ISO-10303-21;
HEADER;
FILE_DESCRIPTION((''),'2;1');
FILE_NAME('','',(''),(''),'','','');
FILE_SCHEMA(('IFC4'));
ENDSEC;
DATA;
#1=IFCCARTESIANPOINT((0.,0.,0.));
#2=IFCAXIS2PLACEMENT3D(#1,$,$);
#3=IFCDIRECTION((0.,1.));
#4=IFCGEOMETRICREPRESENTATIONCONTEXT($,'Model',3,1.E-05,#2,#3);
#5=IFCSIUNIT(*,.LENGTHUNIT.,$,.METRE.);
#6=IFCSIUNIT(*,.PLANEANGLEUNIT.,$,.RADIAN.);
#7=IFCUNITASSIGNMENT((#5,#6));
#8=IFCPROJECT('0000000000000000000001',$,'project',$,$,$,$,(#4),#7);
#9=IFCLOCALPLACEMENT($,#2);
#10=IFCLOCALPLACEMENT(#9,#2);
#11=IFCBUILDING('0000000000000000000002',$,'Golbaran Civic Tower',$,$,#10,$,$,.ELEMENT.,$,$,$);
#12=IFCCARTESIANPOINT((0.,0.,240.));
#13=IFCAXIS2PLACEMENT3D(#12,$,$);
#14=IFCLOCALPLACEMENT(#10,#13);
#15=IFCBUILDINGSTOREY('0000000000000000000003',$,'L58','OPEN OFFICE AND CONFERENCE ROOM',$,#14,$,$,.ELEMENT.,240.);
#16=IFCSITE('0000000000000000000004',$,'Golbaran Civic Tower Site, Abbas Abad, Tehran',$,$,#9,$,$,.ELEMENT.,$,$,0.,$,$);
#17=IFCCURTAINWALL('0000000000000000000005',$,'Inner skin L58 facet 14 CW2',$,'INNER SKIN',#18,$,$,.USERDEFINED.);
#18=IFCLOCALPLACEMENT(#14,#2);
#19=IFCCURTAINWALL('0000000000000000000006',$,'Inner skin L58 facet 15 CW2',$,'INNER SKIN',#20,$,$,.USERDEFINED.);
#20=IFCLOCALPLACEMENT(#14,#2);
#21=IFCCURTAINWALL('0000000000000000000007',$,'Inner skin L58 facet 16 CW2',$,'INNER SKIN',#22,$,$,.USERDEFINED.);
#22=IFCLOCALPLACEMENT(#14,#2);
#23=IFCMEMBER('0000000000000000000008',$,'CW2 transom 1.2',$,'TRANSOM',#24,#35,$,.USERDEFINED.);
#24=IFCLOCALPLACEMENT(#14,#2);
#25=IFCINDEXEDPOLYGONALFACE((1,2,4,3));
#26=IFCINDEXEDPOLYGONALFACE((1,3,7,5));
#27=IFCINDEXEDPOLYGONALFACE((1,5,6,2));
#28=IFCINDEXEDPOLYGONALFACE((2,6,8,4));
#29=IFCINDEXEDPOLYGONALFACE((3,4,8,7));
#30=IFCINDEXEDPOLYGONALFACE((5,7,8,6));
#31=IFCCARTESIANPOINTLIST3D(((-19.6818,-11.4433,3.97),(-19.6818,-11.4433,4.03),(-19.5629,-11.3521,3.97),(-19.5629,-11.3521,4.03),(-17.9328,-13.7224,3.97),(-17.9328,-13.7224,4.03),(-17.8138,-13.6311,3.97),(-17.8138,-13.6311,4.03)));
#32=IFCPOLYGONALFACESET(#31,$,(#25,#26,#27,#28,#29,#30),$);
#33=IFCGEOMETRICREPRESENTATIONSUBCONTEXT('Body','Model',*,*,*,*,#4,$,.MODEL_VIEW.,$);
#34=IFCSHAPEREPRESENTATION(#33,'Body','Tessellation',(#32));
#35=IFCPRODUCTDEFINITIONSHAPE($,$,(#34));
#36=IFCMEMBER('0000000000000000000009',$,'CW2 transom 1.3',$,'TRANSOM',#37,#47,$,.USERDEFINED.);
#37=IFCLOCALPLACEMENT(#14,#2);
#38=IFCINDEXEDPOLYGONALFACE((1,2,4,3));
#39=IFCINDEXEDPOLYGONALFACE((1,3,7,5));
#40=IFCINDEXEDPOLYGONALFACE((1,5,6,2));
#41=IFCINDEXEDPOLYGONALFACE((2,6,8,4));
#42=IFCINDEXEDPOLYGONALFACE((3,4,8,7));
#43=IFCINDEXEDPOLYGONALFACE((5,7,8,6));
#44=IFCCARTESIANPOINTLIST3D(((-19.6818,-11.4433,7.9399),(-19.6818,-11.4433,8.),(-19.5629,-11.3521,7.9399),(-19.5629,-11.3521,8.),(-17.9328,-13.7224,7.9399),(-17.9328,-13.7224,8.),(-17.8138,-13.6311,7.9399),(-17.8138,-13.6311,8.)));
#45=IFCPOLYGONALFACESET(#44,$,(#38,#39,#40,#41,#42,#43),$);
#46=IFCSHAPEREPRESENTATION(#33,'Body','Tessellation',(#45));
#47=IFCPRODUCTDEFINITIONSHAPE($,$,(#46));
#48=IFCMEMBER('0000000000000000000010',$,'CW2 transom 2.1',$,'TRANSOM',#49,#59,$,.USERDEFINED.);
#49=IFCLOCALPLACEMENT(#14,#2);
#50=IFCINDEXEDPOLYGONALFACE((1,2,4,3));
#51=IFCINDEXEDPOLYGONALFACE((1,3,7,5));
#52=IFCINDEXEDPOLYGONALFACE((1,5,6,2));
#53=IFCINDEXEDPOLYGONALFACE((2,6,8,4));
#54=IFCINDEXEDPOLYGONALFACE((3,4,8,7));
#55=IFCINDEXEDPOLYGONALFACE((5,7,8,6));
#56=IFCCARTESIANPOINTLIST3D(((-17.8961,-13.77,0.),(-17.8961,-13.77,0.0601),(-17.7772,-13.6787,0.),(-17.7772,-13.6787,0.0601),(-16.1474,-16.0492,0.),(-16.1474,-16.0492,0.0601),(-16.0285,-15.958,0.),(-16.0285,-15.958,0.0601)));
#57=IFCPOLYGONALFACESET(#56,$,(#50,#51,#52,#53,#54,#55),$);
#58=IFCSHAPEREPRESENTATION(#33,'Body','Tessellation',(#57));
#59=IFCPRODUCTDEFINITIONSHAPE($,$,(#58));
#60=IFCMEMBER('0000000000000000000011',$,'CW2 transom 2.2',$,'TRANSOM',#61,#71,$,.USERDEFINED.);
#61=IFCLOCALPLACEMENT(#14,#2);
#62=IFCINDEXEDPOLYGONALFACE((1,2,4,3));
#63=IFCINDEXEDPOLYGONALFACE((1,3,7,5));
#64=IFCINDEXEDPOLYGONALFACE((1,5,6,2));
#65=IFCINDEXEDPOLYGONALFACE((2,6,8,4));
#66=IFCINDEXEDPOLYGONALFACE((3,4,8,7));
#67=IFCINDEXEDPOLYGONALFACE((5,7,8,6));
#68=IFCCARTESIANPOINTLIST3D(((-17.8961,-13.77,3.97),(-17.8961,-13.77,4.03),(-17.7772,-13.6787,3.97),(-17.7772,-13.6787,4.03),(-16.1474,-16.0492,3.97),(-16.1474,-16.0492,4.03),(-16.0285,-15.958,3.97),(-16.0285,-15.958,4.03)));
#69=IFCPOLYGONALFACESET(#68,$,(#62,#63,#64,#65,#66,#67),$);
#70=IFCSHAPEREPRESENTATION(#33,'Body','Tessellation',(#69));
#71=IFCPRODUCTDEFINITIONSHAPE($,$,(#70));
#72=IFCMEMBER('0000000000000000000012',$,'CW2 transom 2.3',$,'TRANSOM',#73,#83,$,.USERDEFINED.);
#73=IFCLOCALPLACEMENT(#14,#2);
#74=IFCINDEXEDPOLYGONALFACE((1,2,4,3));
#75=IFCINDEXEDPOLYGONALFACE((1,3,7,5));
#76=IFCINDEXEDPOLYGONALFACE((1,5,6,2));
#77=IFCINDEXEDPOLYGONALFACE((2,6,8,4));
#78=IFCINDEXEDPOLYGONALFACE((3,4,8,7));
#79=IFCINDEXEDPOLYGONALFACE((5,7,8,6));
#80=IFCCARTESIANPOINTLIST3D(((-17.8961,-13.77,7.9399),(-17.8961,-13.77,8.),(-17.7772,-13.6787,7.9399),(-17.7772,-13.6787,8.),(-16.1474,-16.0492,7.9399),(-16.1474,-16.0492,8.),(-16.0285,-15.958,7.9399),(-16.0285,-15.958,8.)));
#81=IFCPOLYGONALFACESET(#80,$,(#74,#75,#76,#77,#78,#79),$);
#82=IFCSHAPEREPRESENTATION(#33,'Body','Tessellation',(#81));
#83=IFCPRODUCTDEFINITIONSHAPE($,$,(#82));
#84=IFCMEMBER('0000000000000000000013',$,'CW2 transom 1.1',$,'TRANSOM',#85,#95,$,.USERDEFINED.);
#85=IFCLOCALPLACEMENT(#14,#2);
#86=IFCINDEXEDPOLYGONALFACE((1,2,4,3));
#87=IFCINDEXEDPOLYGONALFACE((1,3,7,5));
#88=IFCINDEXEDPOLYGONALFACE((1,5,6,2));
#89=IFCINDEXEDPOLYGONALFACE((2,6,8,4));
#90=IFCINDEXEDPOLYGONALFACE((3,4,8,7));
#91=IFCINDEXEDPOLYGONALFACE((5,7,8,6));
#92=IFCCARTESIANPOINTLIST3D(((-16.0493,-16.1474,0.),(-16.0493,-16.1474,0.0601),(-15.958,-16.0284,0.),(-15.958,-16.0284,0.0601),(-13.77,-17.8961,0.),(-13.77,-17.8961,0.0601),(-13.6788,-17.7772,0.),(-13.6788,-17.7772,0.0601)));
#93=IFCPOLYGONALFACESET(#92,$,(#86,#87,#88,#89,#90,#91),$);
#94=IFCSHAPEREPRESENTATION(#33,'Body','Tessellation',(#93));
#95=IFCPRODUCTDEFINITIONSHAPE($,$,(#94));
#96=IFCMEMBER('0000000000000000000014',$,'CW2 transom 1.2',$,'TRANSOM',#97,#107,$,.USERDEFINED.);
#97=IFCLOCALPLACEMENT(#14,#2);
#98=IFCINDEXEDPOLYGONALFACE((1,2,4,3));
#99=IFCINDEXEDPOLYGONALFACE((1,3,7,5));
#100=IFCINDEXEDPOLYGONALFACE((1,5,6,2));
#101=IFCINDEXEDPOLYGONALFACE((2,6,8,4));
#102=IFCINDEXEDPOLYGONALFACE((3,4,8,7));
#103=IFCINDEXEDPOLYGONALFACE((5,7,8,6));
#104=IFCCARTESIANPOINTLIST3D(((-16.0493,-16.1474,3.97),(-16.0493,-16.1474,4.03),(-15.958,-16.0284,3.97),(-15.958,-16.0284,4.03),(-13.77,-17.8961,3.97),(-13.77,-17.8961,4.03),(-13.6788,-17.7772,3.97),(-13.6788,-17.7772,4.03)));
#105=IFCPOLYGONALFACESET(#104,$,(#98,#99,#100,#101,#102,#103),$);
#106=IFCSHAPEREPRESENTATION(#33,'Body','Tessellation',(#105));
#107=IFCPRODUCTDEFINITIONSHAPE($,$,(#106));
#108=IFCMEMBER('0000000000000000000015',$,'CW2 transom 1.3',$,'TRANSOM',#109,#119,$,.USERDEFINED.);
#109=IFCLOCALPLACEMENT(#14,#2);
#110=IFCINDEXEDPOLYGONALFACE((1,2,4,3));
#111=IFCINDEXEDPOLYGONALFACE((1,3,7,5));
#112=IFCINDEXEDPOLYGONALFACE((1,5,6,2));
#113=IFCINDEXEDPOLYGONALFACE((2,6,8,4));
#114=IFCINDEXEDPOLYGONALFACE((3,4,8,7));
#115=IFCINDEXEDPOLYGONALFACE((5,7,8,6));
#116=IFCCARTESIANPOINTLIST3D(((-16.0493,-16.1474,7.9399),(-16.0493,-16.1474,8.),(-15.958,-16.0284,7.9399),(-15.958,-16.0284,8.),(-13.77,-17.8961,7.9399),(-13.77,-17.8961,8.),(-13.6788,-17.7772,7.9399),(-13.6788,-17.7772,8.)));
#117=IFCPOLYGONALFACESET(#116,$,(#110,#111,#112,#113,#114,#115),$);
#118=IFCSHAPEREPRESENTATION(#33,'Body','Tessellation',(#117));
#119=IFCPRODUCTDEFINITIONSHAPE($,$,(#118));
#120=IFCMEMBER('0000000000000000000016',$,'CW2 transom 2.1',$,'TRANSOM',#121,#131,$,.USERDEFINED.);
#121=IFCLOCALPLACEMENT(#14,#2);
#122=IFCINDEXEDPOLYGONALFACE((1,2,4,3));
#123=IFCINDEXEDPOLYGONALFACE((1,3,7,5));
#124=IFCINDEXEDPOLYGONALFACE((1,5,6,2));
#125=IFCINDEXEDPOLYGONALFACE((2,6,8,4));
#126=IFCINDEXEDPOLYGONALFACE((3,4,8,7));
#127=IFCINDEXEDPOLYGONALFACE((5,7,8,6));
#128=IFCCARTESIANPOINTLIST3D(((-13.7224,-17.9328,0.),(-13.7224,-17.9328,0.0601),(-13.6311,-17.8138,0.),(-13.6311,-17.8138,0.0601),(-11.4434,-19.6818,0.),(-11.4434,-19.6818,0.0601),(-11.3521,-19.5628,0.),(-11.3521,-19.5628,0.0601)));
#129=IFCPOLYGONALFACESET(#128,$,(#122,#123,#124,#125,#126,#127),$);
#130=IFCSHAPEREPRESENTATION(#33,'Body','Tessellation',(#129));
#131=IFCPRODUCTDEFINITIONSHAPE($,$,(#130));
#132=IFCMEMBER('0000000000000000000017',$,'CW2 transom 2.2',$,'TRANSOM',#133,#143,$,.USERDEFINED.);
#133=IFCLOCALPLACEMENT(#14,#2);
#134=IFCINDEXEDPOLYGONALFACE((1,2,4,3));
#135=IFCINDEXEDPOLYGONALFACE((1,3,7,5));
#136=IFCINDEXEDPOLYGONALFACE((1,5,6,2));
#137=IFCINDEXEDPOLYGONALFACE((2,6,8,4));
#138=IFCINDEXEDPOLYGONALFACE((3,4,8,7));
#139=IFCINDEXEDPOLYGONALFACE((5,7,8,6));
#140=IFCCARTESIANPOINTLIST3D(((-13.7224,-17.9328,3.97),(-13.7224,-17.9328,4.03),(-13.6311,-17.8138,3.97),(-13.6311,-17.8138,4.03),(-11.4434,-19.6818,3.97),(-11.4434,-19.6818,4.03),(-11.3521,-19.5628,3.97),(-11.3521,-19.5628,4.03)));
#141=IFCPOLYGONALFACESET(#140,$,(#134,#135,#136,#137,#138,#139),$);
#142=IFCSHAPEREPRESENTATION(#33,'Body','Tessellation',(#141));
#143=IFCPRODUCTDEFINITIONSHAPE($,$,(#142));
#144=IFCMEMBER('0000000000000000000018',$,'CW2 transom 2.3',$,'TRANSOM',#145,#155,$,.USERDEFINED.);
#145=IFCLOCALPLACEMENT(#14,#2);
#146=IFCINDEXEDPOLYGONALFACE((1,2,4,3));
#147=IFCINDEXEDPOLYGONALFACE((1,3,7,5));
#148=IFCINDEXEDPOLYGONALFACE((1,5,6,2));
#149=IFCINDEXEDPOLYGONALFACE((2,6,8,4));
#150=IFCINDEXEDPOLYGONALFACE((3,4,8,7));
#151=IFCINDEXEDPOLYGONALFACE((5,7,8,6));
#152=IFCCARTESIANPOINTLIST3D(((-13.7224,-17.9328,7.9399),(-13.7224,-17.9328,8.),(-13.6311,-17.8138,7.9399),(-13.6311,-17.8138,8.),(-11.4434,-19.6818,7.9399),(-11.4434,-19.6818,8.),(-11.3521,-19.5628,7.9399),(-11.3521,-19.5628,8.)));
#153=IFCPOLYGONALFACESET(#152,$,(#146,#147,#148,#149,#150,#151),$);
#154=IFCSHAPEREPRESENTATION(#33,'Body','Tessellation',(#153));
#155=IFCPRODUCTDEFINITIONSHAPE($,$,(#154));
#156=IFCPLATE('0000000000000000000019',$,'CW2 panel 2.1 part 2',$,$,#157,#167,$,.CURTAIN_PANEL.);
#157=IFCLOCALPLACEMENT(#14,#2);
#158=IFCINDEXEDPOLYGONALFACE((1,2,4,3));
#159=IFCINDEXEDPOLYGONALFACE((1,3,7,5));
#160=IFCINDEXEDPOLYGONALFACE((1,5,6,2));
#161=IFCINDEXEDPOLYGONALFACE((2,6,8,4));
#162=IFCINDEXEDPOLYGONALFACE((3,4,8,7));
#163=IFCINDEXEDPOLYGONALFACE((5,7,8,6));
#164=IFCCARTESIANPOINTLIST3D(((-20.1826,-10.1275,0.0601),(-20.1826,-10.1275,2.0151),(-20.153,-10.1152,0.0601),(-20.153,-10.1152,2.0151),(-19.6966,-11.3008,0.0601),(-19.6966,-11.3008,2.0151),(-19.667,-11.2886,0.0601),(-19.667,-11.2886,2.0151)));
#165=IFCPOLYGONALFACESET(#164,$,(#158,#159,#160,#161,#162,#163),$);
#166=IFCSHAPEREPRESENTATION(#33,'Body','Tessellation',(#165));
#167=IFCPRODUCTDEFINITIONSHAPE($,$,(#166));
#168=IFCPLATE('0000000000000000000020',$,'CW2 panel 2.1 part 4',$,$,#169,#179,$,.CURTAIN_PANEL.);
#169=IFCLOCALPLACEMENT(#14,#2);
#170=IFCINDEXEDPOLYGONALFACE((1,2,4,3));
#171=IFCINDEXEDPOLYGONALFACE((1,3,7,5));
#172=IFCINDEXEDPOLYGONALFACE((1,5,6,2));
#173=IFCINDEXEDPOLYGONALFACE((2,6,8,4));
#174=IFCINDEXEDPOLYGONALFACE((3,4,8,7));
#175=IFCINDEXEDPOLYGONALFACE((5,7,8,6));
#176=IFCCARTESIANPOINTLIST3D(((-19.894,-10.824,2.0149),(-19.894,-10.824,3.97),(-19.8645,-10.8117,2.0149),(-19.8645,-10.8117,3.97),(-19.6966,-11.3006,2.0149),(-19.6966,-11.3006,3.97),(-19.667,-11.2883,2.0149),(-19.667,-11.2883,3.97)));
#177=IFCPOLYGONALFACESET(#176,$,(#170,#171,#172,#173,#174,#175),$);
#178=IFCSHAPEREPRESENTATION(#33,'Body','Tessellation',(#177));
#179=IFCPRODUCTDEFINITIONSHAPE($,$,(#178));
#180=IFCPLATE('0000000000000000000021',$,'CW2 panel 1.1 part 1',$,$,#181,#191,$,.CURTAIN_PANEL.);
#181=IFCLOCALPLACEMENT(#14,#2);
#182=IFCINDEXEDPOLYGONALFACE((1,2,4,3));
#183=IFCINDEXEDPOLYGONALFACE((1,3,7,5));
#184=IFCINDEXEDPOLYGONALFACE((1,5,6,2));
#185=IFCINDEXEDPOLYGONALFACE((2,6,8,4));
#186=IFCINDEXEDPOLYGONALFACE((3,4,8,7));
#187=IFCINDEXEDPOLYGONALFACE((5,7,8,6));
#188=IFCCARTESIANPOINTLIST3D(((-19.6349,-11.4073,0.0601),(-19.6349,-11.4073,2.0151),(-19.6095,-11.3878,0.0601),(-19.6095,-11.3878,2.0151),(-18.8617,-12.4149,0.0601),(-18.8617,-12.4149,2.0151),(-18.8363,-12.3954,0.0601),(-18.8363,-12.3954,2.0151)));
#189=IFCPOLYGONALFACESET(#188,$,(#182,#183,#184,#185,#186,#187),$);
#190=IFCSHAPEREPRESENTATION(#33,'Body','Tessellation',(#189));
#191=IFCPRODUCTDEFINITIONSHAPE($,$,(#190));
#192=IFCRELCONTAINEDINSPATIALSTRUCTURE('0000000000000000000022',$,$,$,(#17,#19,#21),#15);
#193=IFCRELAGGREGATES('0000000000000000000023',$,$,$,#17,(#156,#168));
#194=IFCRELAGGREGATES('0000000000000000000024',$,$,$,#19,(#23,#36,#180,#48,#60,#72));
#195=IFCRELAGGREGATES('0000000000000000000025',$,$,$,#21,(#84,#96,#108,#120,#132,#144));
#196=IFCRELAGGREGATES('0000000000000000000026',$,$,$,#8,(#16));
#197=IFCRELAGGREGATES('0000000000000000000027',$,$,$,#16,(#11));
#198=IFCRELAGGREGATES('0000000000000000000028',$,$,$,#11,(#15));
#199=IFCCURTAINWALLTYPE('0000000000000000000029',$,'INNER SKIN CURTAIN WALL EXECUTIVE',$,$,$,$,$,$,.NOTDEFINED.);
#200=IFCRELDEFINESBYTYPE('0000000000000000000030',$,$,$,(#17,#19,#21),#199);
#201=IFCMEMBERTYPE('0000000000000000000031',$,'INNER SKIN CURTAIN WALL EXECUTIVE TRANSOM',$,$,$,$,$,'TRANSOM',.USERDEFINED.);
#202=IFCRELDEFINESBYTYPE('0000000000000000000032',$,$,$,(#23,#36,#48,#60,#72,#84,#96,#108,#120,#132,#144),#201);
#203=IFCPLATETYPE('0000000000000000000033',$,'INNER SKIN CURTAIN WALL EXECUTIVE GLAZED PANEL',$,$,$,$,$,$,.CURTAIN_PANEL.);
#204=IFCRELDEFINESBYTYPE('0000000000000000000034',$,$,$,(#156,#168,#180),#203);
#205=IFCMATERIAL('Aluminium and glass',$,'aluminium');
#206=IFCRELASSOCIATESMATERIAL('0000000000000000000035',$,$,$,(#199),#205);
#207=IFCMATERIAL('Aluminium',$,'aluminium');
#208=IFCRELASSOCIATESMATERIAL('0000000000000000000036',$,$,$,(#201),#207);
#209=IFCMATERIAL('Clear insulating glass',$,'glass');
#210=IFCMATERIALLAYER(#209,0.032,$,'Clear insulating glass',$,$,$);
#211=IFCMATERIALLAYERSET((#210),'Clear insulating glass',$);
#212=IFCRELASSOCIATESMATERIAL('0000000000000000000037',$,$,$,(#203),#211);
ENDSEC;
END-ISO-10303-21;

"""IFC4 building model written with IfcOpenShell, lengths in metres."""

from ifc_helpers import new_model, si_unit, direction, frame, origin, origin_2d, place, context, subcontext, project, spatial, rectangle, extrude, material, layer, layer_set, material_profile, profile_set, type_object, element, aggregate, save


model = new_model("IFC4")

# Units and contexts
model_context = context("Model", 3, precision=1e-05, world=origin(), true_north=direction((0.0, 1.0)))
body_context = subcontext(model_context, "Body", "Model", "MODEL_VIEW")
ifc_project = project(units=[si_unit("LENGTHUNIT", "METRE"), si_unit("PLANEANGLEUNIT", "RADIAN")], contexts=[model_context])

# Site, building, storey
site_placement = place(None, origin())
site = spatial("IfcSite", under=ifc_project, at=site_placement, Name="Golbaran Civic Tower Site, Abbas Abad, Tehran", CompositionType="ELEMENT", RefElevation=0.0)
building_placement = place(site_placement, origin())
building = spatial("IfcBuilding", under=site, at=building_placement, Name="Golbaran Civic Tower", CompositionType="ELEMENT")
storey_placement = place(building_placement, frame((0.0, 0.0, 240.0)))
storey = spatial("IfcBuildingStorey", under=building, at=storey_placement, Name="L58", Description="OPEN OFFICE AND CONFERENCE ROOM", CompositionType="ELEMENT", Elevation=240.0)

# Curtain wall
ifc_material_1 = material(Name="Aluminium and glass", Category="aluminium")
curtain_wall_type = type_object("IfcCurtainWallType", Name="INNER SKIN CURTAIN WALL EXECUTIVE", PredefinedType="NOTDEFINED", material=ifc_material_1)
curtain_wall_1_placement = place(storey_placement, origin())
curtain_wall_1 = element("IfcCurtainWall", 1, at=curtain_wall_1_placement, inside=storey, type_object=curtain_wall_type, Name="Inner skin L58 facet 14 CW2", ObjectType="INNER SKIN", PredefinedType="USERDEFINED")
ifc_material_2 = material(Name="Aluminium", Category="aluminium")

# Curtain walls
curtain_wall_2_placement = place(storey_placement, origin())
curtain_wall_2 = element("IfcCurtainWall", 2, at=curtain_wall_2_placement, inside=storey, type_object=curtain_wall_type, Name="Inner skin L58 facet 15 CW2", ObjectType="INNER SKIN", PredefinedType="USERDEFINED")
curtain_wall_3_placement = place(storey_placement, origin())
curtain_wall_3 = element("IfcCurtainWall", 3, at=curtain_wall_3_placement, inside=storey, type_object=curtain_wall_type, Name="Inner skin L58 facet 16 CW2", ObjectType="INNER SKIN", PredefinedType="USERDEFINED")

# Members
ifc_material_profile_1 = material_profile(ifc_material_2, rectangle(XDim=0.1499, YDim=0.0601, at=origin_2d()), Name="INNER SKIN CURTAIN WALL EXECUTIVE TRANSOM")
ifc_profile_set_1 = profile_set([ifc_material_profile_1], Name="Aluminium")
member_type_1 = type_object("IfcMemberType", Name="INNER SKIN CURTAIN WALL EXECUTIVE TRANSOM", ElementType="TRANSOM", PredefinedType="USERDEFINED", material=ifc_profile_set_1)
member_1_placement = place(storey_placement, frame((-19.6223, -11.3977, 4.0), z_axis=(0.608815, -0.793312, 0.0), x_axis=(0.793312, 0.608815, 0.0)))
member_1 = element("IfcMember", 4, at=member_1_placement, type_object=member_type_1, Name="CW2 transom 1.2", ObjectType="TRANSOM", PredefinedType="USERDEFINED", context=body_context, shape_type="SweptSolid", body=[
    extrude(rectangle(XDim=0.1499, YDim=0.0601, at=origin_2d()), origin(), (0.0, 0.0, 1.0), 2.8728),
])
member_2_placement = place(storey_placement, frame((-19.6223, -11.3977, 7.97), z_axis=(0.608815, -0.793312, 0.0), x_axis=(0.793312, 0.608815, 0.0)))
member_2 = element("IfcMember", 5, at=member_2_placement, type_object=member_type_1, Name="CW2 transom 1.3", ObjectType="TRANSOM", PredefinedType="USERDEFINED", context=body_context, shape_type="SweptSolid", body=[
    extrude(rectangle(XDim=0.1499, YDim=0.0601, at=origin_2d()), origin(), (0.0, 0.0, 1.0), 2.8728),
])
member_3_placement = place(storey_placement, frame((-17.8367, -13.7244, 0.03), z_axis=(0.608721, -0.793385, 0.0), x_axis=(0.793385, 0.608721, 0.0)))
member_3 = element("IfcMember", 6, at=member_3_placement, type_object=member_type_1, Name="CW2 transom 2.1", ObjectType="TRANSOM", PredefinedType="USERDEFINED", context=body_context, shape_type="SweptSolid", body=[
    extrude(rectangle(XDim=0.1499, YDim=0.0601, at=origin_2d()), origin(), (0.0, 0.0, 1.0), 2.8728),
])
member_4_placement = place(storey_placement, frame((-17.8367, -13.7244, 4.0), z_axis=(0.608721, -0.793385, 0.0), x_axis=(0.793385, 0.608721, 0.0)))
member_4 = element("IfcMember", 7, at=member_4_placement, type_object=member_type_1, Name="CW2 transom 2.2", ObjectType="TRANSOM", PredefinedType="USERDEFINED", context=body_context, shape_type="SweptSolid", body=[
    extrude(rectangle(XDim=0.1499, YDim=0.0601, at=origin_2d()), origin(), (0.0, 0.0, 1.0), 2.8728),
])
member_5_placement = place(storey_placement, frame((-17.8367, -13.7244, 7.97), z_axis=(0.608721, -0.793385, 0.0), x_axis=(0.793385, 0.608721, 0.0)))
member_5 = element("IfcMember", 8, at=member_5_placement, type_object=member_type_1, Name="CW2 transom 2.3", ObjectType="TRANSOM", PredefinedType="USERDEFINED", context=body_context, shape_type="SweptSolid", body=[
    extrude(rectangle(XDim=0.1499, YDim=0.0601, at=origin_2d()), origin(), (0.0, 0.0, 1.0), 2.8728),
])
member_6_placement = place(storey_placement, frame((-16.0037, -16.0879, 0.03), z_axis=(0.793385, -0.608721, 0.0), x_axis=(0.608721, 0.793385, 0.0)))
member_6 = element("IfcMember", 9, at=member_6_placement, type_object=member_type_1, Name="CW2 transom 1.1", ObjectType="TRANSOM", PredefinedType="USERDEFINED", context=body_context, shape_type="SweptSolid", body=[
    extrude(rectangle(XDim=0.1499, YDim=0.0601, at=origin_2d()), origin(), (0.0, 0.0, 1.0), 2.8728),
])
member_7_placement = place(storey_placement, frame((-16.0037, -16.0879, 4.0), z_axis=(0.793385, -0.608721, 0.0), x_axis=(0.608721, 0.793385, 0.0)))
member_7 = element("IfcMember", 10, at=member_7_placement, type_object=member_type_1, Name="CW2 transom 1.2", ObjectType="TRANSOM", PredefinedType="USERDEFINED", context=body_context, shape_type="SweptSolid", body=[
    extrude(rectangle(XDim=0.1499, YDim=0.0601, at=origin_2d()), origin(), (0.0, 0.0, 1.0), 2.8728),
])
member_8_placement = place(storey_placement, frame((-16.0037, -16.0879, 7.97), z_axis=(0.793385, -0.608721, 0.0), x_axis=(0.608721, 0.793385, 0.0)))
member_8 = element("IfcMember", 11, at=member_8_placement, type_object=member_type_1, Name="CW2 transom 1.3", ObjectType="TRANSOM", PredefinedType="USERDEFINED", context=body_context, shape_type="SweptSolid", body=[
    extrude(rectangle(XDim=0.1499, YDim=0.0601, at=origin_2d()), origin(), (0.0, 0.0, 1.0), 2.8728),
])
member_9_placement = place(storey_placement, frame((-13.6768, -17.8733, 0.03), z_axis=(0.793312, -0.608815, 0.0), x_axis=(0.608815, 0.793312, 0.0)))
member_9 = element("IfcMember", 12, at=member_9_placement, type_object=member_type_1, Name="CW2 transom 2.1", ObjectType="TRANSOM", PredefinedType="USERDEFINED", context=body_context, shape_type="SweptSolid", body=[
    extrude(rectangle(XDim=0.1499, YDim=0.0601, at=origin_2d()), origin(), (0.0, 0.0, 1.0), 2.8728),
])
member_10_placement = place(storey_placement, frame((-13.6768, -17.8733, 4.0), z_axis=(0.793312, -0.608815, 0.0), x_axis=(0.608815, 0.793312, 0.0)))
member_10 = element("IfcMember", 13, at=member_10_placement, type_object=member_type_1, Name="CW2 transom 2.2", ObjectType="TRANSOM", PredefinedType="USERDEFINED", context=body_context, shape_type="SweptSolid", body=[
    extrude(rectangle(XDim=0.1499, YDim=0.0601, at=origin_2d()), origin(), (0.0, 0.0, 1.0), 2.8728),
])
member_11_placement = place(storey_placement, frame((-13.6768, -17.8733, 7.97), z_axis=(0.793312, -0.608815, 0.0), x_axis=(0.608815, 0.793312, 0.0)))
member_11 = element("IfcMember", 14, at=member_11_placement, type_object=member_type_1, Name="CW2 transom 2.3", ObjectType="TRANSOM", PredefinedType="USERDEFINED", context=body_context, shape_type="SweptSolid", body=[
    extrude(rectangle(XDim=0.1499, YDim=0.0601, at=origin_2d()), origin(), (0.0, 0.0, 1.0), 2.8728),
])

# Plates
ifc_material_3 = material(Name="Clear insulating glass", Category="glass")
ifc_layer_1 = layer(ifc_material_3, 0.032, Name="Clear insulating glass")
ifc_layer_set_1 = layer_set([ifc_layer_1], Name="Clear insulating glass")
plate_type_1 = type_object("IfcPlateType", Name="INNER SKIN CURTAIN WALL EXECUTIVE GLAZED PANEL", PredefinedType="CURTAIN_PANEL", material=ifc_layer_set_1)
plate_1_placement = place(storey_placement, frame((-19.9248, -10.708, 0.0601), z_axis=(0.0, 0.0, 1.0), x_axis=(0.382683, -0.92388, 0.0)))
plate_1 = element("IfcPlate", 15, at=plate_1_placement, type_object=plate_type_1, Name="CW2 panel 2.1 part 2", PredefinedType="CURTAIN_PANEL", context=body_context, shape_type="SweptSolid", body=[
    extrude(rectangle(XDim=1.27, YDim=0.032, at=origin_2d()), origin(), (0.0, 0.0, 1.0), 1.9551),
])
plate_2_placement = place(storey_placement, frame((-19.7805, -11.0562, 2.0149), z_axis=(0.0, 0.0, 1.0), x_axis=(0.382683, -0.92388, 0.0)))
plate_2 = element("IfcPlate", 16, at=plate_2_placement, type_object=plate_type_1, Name="CW2 panel 2.1 part 4", PredefinedType="CURTAIN_PANEL", context=body_context, shape_type="SweptSolid", body=[
    extrude(rectangle(XDim=0.5159, YDim=0.032, at=origin_2d()), origin(), (0.0, 0.0, 1.0), 1.9551),
])
plate_3_placement = place(storey_placement, frame((-19.2356, -11.9014, 0.0601), z_axis=(0.0, 0.0, 1.0), x_axis=(0.608761, -0.793353, 0.0)))
plate_3 = element("IfcPlate", 17, at=plate_3_placement, type_object=plate_type_1, Name="CW2 panel 1.1 part 1", PredefinedType="CURTAIN_PANEL", context=body_context, shape_type="SweptSolid", body=[
    extrude(rectangle(XDim=1.27, YDim=0.032, at=origin_2d()), origin(), (0.0, 0.0, 1.0), 1.9551),
])
aggregate(curtain_wall_1, [plate_1, plate_2])
aggregate(curtain_wall_2, [member_1, member_2, plate_3, member_3, member_4, member_5])
aggregate(curtain_wall_3, [member_6, member_7, member_8, member_9, member_10, member_11])

save(model, "model.ifc")
